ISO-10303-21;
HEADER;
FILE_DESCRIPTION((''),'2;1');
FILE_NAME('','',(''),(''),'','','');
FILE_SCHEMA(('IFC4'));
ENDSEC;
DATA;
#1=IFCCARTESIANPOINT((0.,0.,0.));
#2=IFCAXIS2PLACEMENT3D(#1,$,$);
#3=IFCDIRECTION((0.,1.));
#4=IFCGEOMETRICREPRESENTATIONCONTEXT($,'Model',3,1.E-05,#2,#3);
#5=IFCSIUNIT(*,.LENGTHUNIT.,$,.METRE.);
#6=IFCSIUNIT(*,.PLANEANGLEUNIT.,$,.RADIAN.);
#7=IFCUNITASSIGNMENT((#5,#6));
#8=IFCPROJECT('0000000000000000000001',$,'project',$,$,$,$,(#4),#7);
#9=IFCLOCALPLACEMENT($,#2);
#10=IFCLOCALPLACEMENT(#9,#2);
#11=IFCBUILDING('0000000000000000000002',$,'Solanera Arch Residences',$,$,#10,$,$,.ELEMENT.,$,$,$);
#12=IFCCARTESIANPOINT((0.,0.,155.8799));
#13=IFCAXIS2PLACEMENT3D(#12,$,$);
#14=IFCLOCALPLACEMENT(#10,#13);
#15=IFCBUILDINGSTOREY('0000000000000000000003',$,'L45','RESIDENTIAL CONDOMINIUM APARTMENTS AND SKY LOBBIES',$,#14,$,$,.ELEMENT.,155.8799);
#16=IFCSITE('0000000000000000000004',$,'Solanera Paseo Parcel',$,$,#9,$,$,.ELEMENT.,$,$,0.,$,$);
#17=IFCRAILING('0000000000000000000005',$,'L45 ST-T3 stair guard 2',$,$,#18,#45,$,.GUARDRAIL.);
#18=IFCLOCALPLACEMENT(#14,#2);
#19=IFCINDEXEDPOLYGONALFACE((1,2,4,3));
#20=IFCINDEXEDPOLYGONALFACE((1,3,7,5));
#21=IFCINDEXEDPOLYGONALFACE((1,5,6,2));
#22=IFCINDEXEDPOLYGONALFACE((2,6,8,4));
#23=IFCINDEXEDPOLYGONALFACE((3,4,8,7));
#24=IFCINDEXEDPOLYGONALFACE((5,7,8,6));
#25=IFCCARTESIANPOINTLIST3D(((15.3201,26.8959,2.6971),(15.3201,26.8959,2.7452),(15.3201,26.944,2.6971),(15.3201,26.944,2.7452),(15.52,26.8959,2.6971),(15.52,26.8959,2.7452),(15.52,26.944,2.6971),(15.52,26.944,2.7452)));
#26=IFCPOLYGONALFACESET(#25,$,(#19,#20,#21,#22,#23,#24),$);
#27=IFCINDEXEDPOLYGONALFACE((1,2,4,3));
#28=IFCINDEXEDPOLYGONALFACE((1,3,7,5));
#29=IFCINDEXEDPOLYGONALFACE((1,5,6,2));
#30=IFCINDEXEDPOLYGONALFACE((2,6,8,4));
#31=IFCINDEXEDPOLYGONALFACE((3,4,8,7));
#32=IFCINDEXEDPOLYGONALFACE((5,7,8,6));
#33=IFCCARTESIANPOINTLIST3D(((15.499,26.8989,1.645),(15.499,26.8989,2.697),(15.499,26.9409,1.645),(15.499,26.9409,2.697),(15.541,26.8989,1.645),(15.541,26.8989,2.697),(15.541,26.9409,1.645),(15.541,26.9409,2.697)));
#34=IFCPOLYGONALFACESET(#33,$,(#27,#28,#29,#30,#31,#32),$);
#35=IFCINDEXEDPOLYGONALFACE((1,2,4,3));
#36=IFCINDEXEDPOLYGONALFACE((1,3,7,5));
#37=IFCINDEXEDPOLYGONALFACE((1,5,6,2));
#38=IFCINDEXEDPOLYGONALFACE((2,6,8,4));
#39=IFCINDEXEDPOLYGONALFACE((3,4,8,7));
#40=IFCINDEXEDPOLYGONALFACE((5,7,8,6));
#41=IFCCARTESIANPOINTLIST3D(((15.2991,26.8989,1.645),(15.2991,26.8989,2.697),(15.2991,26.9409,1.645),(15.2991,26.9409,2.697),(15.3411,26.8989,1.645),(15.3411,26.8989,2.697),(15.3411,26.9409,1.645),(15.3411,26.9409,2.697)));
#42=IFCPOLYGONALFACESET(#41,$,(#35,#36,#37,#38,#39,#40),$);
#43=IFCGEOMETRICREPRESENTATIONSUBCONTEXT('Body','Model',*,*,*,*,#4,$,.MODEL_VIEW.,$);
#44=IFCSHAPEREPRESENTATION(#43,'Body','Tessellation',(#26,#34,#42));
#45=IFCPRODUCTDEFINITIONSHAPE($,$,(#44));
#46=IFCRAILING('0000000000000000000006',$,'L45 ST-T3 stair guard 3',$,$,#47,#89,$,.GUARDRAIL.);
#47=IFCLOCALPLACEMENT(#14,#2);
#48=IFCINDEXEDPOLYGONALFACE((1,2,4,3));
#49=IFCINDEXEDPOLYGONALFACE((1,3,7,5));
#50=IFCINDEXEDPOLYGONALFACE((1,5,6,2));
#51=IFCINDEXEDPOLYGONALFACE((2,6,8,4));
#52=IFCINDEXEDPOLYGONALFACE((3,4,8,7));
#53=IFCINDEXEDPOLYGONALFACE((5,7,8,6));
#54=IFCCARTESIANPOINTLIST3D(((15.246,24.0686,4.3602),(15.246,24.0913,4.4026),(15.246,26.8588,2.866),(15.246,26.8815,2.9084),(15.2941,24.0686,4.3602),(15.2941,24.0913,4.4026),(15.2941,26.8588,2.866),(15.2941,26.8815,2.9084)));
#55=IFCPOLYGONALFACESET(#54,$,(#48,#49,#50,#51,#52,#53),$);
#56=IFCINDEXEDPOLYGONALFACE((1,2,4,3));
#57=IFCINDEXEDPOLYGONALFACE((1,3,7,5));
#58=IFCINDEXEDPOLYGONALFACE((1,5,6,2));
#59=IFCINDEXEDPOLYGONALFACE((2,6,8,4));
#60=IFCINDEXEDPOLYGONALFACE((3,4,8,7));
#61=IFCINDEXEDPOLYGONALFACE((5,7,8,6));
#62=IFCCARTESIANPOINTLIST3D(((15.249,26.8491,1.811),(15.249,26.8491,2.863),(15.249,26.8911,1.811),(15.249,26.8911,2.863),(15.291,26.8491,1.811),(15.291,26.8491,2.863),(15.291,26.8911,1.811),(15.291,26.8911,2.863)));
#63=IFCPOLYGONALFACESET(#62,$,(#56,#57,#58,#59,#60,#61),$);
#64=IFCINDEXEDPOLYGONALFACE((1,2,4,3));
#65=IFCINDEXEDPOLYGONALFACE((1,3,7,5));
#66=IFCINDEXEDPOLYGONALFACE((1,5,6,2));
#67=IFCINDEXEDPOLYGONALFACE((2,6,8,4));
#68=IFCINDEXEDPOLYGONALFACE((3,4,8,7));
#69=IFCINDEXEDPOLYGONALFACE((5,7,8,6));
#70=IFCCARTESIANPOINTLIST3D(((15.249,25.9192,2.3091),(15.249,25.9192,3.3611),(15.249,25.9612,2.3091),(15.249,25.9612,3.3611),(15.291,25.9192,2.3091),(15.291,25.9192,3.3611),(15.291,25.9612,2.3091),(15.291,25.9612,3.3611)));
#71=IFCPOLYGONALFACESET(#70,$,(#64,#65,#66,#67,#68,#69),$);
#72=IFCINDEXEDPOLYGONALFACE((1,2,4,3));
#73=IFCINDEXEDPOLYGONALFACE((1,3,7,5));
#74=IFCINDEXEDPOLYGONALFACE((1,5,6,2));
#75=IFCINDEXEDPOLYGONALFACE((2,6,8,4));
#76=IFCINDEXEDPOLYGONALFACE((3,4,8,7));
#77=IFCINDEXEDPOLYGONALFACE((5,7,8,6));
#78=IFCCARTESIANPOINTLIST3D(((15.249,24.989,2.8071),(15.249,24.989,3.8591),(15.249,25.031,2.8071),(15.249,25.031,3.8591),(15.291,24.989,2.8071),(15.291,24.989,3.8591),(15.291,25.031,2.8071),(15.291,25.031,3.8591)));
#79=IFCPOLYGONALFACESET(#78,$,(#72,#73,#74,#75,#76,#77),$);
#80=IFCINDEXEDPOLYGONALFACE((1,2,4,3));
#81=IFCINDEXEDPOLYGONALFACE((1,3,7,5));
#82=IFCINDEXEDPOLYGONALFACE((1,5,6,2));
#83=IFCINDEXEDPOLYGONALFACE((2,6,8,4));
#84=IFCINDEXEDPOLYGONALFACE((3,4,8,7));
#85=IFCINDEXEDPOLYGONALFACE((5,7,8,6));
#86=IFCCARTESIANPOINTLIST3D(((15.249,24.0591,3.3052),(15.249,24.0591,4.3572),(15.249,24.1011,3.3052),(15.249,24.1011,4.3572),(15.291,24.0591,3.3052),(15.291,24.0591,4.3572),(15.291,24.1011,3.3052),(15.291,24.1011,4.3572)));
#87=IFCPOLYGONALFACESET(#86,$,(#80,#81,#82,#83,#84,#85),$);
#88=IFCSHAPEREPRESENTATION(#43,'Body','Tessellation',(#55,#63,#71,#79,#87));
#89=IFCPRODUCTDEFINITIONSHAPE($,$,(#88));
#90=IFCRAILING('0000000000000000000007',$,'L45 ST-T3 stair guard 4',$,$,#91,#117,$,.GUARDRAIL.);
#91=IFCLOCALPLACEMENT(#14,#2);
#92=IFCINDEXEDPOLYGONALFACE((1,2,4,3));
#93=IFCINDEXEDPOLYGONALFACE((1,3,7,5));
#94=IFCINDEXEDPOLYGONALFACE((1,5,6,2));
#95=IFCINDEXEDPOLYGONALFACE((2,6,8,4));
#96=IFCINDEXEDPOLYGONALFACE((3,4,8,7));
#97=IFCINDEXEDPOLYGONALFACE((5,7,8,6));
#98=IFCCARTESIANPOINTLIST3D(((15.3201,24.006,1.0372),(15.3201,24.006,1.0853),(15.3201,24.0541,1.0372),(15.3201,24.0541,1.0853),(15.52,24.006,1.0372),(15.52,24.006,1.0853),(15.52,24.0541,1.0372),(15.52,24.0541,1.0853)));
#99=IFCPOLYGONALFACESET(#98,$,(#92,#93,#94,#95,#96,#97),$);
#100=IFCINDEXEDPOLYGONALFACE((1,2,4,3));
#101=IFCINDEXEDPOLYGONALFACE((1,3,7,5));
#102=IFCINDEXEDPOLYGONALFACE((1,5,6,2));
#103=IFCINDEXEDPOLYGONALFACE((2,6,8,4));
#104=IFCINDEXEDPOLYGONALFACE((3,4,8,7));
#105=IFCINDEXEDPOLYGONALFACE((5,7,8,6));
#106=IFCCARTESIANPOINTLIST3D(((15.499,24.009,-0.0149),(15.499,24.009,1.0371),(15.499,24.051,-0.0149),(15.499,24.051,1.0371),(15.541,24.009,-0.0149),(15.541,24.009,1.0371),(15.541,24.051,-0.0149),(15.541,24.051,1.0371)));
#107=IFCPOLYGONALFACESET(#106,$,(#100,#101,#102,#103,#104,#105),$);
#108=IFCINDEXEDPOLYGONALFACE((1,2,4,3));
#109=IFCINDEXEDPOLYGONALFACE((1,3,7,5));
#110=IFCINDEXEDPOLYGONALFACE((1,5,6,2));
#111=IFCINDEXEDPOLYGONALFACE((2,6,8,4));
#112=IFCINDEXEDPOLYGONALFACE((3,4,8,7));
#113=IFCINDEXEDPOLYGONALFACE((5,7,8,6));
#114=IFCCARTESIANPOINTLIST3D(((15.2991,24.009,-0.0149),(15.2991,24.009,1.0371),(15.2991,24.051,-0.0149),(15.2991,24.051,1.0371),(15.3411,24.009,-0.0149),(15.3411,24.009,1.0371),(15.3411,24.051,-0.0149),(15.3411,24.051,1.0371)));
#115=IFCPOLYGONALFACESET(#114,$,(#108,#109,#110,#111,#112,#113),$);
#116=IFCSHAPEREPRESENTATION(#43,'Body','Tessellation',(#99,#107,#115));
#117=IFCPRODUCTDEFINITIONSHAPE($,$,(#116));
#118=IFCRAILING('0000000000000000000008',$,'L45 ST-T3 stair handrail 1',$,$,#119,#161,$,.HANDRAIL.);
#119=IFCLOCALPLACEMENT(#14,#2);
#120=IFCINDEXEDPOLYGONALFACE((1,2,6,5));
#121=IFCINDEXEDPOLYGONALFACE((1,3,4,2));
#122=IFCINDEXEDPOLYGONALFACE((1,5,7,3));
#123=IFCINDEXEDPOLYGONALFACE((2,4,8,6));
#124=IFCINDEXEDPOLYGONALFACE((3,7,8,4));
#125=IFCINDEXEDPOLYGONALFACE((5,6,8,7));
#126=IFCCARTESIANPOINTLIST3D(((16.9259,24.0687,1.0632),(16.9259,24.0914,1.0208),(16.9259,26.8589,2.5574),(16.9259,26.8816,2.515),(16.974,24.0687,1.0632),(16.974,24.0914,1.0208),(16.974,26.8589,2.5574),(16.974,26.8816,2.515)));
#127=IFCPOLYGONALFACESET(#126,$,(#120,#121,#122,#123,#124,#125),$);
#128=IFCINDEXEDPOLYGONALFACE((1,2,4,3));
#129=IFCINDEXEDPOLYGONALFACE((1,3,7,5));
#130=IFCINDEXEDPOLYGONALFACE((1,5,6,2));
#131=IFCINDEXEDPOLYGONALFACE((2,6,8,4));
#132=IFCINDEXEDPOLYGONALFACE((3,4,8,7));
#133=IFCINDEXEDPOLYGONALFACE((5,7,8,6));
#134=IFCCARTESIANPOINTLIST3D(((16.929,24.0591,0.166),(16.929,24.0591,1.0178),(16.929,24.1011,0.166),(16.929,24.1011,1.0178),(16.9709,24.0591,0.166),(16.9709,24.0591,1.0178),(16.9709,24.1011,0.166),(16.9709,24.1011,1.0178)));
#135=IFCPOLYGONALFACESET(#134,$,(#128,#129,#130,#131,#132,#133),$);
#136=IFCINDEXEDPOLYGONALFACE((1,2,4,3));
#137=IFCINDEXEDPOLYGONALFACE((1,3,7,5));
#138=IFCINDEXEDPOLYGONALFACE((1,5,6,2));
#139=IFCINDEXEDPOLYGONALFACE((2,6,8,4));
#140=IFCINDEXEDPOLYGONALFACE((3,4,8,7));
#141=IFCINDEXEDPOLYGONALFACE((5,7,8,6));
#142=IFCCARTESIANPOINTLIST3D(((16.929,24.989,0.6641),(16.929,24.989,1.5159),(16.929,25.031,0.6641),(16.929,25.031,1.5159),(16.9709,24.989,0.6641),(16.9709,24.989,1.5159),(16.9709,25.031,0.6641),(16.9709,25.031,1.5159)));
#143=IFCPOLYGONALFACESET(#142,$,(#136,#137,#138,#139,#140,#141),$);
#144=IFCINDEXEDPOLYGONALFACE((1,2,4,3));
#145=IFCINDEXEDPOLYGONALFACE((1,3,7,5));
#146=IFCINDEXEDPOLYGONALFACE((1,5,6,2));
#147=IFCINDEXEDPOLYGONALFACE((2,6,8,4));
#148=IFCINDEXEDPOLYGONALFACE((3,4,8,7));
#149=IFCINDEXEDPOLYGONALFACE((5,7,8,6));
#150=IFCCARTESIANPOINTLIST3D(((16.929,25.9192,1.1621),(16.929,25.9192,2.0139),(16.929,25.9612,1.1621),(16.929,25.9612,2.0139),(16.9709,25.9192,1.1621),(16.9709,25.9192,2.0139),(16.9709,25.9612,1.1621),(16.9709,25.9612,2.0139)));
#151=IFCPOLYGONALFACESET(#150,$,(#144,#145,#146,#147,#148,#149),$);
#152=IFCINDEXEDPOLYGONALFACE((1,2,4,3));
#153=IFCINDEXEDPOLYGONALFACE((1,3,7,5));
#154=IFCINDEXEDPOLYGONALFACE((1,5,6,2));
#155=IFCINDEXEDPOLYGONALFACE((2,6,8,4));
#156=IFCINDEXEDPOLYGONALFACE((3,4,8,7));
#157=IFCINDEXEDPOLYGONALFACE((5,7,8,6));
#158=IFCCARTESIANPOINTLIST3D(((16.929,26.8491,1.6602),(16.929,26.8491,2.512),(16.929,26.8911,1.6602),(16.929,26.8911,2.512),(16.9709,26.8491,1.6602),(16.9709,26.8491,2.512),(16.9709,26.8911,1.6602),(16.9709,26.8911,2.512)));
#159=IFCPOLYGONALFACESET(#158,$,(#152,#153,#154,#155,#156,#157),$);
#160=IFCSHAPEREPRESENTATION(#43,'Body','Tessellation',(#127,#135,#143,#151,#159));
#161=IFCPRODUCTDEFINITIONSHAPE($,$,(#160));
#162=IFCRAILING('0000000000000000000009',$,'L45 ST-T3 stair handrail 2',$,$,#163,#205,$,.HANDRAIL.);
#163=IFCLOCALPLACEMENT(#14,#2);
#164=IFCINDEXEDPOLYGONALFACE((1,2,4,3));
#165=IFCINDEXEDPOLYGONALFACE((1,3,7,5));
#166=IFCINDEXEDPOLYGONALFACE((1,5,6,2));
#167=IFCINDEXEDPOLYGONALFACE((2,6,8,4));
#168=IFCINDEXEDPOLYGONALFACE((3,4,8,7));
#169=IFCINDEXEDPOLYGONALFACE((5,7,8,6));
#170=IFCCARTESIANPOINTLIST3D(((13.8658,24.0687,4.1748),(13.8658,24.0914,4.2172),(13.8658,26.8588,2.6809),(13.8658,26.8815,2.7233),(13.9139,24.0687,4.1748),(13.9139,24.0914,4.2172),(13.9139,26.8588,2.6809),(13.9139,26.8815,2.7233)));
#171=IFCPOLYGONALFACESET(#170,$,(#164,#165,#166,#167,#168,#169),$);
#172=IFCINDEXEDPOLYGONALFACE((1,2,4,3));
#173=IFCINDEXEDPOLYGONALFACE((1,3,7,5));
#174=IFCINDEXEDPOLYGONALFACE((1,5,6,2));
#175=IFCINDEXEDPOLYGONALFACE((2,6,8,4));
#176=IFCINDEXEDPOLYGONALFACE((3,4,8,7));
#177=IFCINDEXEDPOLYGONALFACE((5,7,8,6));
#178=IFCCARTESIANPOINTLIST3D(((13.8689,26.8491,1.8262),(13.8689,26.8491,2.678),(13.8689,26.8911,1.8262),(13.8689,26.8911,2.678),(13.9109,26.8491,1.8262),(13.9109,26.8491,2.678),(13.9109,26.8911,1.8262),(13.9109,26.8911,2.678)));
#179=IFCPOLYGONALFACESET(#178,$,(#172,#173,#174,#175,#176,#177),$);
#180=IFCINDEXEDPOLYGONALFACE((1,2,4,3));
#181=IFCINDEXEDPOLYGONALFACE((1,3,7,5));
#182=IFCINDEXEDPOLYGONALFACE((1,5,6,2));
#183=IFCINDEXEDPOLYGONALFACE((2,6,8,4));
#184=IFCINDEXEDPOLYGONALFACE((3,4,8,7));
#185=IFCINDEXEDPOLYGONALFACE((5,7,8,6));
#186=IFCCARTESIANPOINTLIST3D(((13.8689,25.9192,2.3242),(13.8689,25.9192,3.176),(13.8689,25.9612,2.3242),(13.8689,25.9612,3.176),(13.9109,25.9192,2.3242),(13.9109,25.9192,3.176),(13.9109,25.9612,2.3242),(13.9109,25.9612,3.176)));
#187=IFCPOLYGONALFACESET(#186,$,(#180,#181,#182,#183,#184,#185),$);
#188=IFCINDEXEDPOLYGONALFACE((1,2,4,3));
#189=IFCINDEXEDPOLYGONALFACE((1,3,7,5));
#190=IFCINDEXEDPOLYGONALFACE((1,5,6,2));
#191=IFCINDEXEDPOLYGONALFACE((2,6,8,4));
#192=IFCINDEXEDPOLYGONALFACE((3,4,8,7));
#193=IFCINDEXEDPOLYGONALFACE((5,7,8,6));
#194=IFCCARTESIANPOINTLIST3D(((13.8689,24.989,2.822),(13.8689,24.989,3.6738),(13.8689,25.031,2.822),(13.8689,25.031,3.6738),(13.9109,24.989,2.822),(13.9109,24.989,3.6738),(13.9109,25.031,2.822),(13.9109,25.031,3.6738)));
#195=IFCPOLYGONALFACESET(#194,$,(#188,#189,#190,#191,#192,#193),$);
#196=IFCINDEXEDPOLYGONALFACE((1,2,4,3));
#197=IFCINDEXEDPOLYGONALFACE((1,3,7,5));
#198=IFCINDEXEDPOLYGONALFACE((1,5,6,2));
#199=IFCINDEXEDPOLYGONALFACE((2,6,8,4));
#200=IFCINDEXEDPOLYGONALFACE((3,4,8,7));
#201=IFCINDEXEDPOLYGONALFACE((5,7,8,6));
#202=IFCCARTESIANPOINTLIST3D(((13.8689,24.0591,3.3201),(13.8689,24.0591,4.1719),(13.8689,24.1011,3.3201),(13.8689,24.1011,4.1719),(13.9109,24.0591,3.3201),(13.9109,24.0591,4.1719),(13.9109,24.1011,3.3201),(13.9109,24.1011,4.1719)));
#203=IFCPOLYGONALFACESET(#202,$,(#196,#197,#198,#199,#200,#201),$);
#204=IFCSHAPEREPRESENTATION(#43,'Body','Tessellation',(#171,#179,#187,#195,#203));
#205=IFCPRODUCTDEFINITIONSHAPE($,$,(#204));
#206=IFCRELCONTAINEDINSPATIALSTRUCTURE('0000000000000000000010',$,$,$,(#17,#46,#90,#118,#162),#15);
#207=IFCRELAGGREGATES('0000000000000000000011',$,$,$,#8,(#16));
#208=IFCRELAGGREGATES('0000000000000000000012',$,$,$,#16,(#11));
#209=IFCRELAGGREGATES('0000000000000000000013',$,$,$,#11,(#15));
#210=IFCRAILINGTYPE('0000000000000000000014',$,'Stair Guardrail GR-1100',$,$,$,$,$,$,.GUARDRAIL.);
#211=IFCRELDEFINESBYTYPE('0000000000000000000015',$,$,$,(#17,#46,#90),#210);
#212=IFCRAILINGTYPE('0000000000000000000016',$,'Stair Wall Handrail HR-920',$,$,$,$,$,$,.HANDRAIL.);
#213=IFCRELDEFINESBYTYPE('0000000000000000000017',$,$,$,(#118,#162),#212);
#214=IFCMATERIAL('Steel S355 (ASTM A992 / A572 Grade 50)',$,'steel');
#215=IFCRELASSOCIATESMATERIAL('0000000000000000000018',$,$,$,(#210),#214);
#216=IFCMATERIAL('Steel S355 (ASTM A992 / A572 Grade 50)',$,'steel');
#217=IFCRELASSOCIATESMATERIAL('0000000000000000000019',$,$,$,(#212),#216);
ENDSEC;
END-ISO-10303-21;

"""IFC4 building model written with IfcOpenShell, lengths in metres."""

from ifc_helpers import new_model, si_unit, direction, frame, origin, origin_2d, place, context, subcontext, project, spatial, rectangle, extrude, material, type_object, element, save


model = new_model("IFC4")

# Units and contexts
model_context = context("Model", 3, precision=1e-05, world=origin(), true_north=direction((0.0, 1.0)))
body_context = subcontext(model_context, "Body", "Model", "MODEL_VIEW")
ifc_project = project(units=[si_unit("LENGTHUNIT", "METRE"), si_unit("PLANEANGLEUNIT", "RADIAN")], contexts=[model_context])

# Site, building, storey
site_placement = place(None, origin())
site = spatial("IfcSite", under=ifc_project, at=site_placement, Name="Solanera Paseo Parcel", CompositionType="ELEMENT", RefElevation=0.0)
building_placement = place(site_placement, origin())
building = spatial("IfcBuilding", under=site, at=building_placement, Name="Solanera Arch Residences", CompositionType="ELEMENT")
storey_placement = place(building_placement, frame((0.0, 0.0, 155.8799)))
storey = spatial("IfcBuildingStorey", under=building, at=storey_placement, Name="L45", Description="RESIDENTIAL CONDOMINIUM APARTMENTS AND SKY LOBBIES", CompositionType="ELEMENT", Elevation=155.8799)

# Railings
ifc_material_1 = material(Name="Steel S355 (ASTM A992 / A572 Grade 50)", Category="steel")
railing_type_1 = type_object("IfcRailingType", Name="Stair Guardrail GR-1100", PredefinedType="GUARDRAIL", material=ifc_material_1)
railing_1_placement = place(storey_placement, frame((15.52, 26.9199, 1.645)))
element("IfcRailing", 1, at=railing_1_placement, inside=storey, type_object=railing_type_1, Name="L45 ST-T3 stair guard 2", PredefinedType="GUARDRAIL", context=body_context, shape_type="SweptSolid", body=[
    extrude(rectangle(XDim=0.0481, YDim=0.0481, at=origin_2d()), frame((0.0, 0.0, 1.0762), z_axis=(-1.0, 0.0, 0.0), x_axis=(0.0, -1.0, 0.0)), (0.0, 0.0, 1.0), 0.2),
    extrude(rectangle(XDim=0.042, YDim=0.042, at=origin_2d()), origin(), (0.0, 0.0, 1.0), 1.052),
    extrude(rectangle(XDim=0.042, YDim=0.042, at=origin_2d()), frame((-0.2, 0.0, 0.0)), (0.0, 0.0, 1.0), 1.052),
])
railing_2_placement = place(storey_placement, frame((15.27, 26.8701, 1.811)))
element("IfcRailing", 2, at=railing_2_placement, inside=storey, type_object=railing_type_1, Name="L45 ST-T3 stair guard 3", PredefinedType="GUARDRAIL", context=body_context, shape_type="SweptSolid", body=[
    extrude(rectangle(XDim=0.0481, YDim=0.0481, at=origin_2d()), frame((0.0, 0.0, 1.0762), z_axis=(0.0, -0.881549, 0.472093), x_axis=(1.0, 0.0, 0.0)), (0.0, 0.0, 1.0), 3.165),
    extrude(rectangle(XDim=0.042, YDim=0.042, at=origin_2d()), origin(), (0.0, 0.0, 1.0), 1.052),
    extrude(rectangle(XDim=0.042, YDim=0.042, at=origin_2d()), frame((0.0, -0.9299, 0.498)), (0.0, 0.0, 1.0), 1.052),
    extrude(rectangle(XDim=0.042, YDim=0.042, at=origin_2d()), frame((0.0, -1.8601, 0.9961)), (0.0, 0.0, 1.0), 1.052),
    extrude(rectangle(XDim=0.042, YDim=0.042, at=origin_2d()), frame((0.0, -2.79, 1.4941)), (0.0, 0.0, 1.0), 1.052),
])
railing_3_placement = place(storey_placement, frame((15.52, 24.03, -0.0149)))
element("IfcRailing", 3, at=railing_3_placement, inside=storey, type_object=railing_type_1, Name="L45 ST-T3 stair guard 4", PredefinedType="GUARDRAIL", context=body_context, shape_type="SweptSolid", body=[
    extrude(rectangle(XDim=0.0481, YDim=0.0481, at=origin_2d()), frame((0.0, 0.0, 1.0762), z_axis=(-1.0, 0.0, 0.0), x_axis=(0.0, -1.0, 0.0)), (0.0, 0.0, 1.0), 0.2),
    extrude(rectangle(XDim=0.042, YDim=0.042, at=origin_2d()), origin(), (0.0, 0.0, 1.0), 1.052),
    extrude(rectangle(XDim=0.042, YDim=0.042, at=origin_2d()), frame((-0.2, 0.0, 0.0)), (0.0, 0.0, 1.0), 1.052),
])
ifc_material_2 = material(Name="Steel S355 (ASTM A992 / A572 Grade 50)", Category="steel")
railing_type_2 = type_object("IfcRailingType", Name="Stair Wall Handrail HR-920", PredefinedType="HANDRAIL", material=ifc_material_2)
railing_4_placement = place(storey_placement, frame((16.95, 24.0801, 0.166)))
element("IfcRailing", 4, at=railing_4_placement, inside=storey, type_object=railing_type_2, Name="L45 ST-T3 stair handrail 1", PredefinedType="HANDRAIL", context=body_context, shape_type="SweptSolid", body=[
    extrude(rectangle(XDim=0.0481, YDim=0.0481, at=origin_2d()), frame((0.0, 0.0, 0.876), z_axis=(0.0, 0.881549, 0.472093), x_axis=(-1.0, 0.0, 0.0)), (0.0, 0.0, 1.0), 3.165),
    extrude(rectangle(XDim=0.042, YDim=0.042, at=origin_2d()), origin(), (0.0, 0.0, 1.0), 0.8518),
    extrude(rectangle(XDim=0.042, YDim=0.042, at=origin_2d()), frame((0.0, 0.9299, 0.498)), (0.0, 0.0, 1.0), 0.8518),
    extrude(rectangle(XDim=0.042, YDim=0.042, at=origin_2d()), frame((0.0, 1.8601, 0.9961)), (0.0, 0.0, 1.0), 0.8518),
    extrude(rectangle(XDim=0.042, YDim=0.042, at=origin_2d()), frame((0.0, 2.79, 1.4941)), (0.0, 0.0, 1.0), 0.8518),
])
railing_5_placement = place(storey_placement, frame((13.8899, 26.8701, 1.8262)))
element("IfcRailing", 5, at=railing_5_placement, inside=storey, type_object=railing_type_2, Name="L45 ST-T3 stair handrail 2", PredefinedType="HANDRAIL", context=body_context, shape_type="SweptSolid", body=[
    extrude(rectangle(XDim=0.0481, YDim=0.0481, at=origin_2d()), frame((0.0, 0.0, 0.876), z_axis=(0.0, -0.881581, 0.472033), x_axis=(1.0, 0.0, 0.0)), (0.0, 0.0, 1.0), 3.1648),
    extrude(rectangle(XDim=0.042, YDim=0.042, at=origin_2d()), origin(), (0.0, 0.0, 1.0), 0.8518),
    extrude(rectangle(XDim=0.042, YDim=0.042, at=origin_2d()), frame((0.0, -0.9299, 0.498)), (0.0, 0.0, 1.0), 0.8518),
    extrude(rectangle(XDim=0.042, YDim=0.042, at=origin_2d()), frame((0.0, -1.8601, 0.9958)), (0.0, 0.0, 1.0), 0.8518),
    extrude(rectangle(XDim=0.042, YDim=0.042, at=origin_2d()), frame((0.0, -2.79, 1.4939)), (0.0, 0.0, 1.0), 0.8518),
])

save(model, "model.ifc")
